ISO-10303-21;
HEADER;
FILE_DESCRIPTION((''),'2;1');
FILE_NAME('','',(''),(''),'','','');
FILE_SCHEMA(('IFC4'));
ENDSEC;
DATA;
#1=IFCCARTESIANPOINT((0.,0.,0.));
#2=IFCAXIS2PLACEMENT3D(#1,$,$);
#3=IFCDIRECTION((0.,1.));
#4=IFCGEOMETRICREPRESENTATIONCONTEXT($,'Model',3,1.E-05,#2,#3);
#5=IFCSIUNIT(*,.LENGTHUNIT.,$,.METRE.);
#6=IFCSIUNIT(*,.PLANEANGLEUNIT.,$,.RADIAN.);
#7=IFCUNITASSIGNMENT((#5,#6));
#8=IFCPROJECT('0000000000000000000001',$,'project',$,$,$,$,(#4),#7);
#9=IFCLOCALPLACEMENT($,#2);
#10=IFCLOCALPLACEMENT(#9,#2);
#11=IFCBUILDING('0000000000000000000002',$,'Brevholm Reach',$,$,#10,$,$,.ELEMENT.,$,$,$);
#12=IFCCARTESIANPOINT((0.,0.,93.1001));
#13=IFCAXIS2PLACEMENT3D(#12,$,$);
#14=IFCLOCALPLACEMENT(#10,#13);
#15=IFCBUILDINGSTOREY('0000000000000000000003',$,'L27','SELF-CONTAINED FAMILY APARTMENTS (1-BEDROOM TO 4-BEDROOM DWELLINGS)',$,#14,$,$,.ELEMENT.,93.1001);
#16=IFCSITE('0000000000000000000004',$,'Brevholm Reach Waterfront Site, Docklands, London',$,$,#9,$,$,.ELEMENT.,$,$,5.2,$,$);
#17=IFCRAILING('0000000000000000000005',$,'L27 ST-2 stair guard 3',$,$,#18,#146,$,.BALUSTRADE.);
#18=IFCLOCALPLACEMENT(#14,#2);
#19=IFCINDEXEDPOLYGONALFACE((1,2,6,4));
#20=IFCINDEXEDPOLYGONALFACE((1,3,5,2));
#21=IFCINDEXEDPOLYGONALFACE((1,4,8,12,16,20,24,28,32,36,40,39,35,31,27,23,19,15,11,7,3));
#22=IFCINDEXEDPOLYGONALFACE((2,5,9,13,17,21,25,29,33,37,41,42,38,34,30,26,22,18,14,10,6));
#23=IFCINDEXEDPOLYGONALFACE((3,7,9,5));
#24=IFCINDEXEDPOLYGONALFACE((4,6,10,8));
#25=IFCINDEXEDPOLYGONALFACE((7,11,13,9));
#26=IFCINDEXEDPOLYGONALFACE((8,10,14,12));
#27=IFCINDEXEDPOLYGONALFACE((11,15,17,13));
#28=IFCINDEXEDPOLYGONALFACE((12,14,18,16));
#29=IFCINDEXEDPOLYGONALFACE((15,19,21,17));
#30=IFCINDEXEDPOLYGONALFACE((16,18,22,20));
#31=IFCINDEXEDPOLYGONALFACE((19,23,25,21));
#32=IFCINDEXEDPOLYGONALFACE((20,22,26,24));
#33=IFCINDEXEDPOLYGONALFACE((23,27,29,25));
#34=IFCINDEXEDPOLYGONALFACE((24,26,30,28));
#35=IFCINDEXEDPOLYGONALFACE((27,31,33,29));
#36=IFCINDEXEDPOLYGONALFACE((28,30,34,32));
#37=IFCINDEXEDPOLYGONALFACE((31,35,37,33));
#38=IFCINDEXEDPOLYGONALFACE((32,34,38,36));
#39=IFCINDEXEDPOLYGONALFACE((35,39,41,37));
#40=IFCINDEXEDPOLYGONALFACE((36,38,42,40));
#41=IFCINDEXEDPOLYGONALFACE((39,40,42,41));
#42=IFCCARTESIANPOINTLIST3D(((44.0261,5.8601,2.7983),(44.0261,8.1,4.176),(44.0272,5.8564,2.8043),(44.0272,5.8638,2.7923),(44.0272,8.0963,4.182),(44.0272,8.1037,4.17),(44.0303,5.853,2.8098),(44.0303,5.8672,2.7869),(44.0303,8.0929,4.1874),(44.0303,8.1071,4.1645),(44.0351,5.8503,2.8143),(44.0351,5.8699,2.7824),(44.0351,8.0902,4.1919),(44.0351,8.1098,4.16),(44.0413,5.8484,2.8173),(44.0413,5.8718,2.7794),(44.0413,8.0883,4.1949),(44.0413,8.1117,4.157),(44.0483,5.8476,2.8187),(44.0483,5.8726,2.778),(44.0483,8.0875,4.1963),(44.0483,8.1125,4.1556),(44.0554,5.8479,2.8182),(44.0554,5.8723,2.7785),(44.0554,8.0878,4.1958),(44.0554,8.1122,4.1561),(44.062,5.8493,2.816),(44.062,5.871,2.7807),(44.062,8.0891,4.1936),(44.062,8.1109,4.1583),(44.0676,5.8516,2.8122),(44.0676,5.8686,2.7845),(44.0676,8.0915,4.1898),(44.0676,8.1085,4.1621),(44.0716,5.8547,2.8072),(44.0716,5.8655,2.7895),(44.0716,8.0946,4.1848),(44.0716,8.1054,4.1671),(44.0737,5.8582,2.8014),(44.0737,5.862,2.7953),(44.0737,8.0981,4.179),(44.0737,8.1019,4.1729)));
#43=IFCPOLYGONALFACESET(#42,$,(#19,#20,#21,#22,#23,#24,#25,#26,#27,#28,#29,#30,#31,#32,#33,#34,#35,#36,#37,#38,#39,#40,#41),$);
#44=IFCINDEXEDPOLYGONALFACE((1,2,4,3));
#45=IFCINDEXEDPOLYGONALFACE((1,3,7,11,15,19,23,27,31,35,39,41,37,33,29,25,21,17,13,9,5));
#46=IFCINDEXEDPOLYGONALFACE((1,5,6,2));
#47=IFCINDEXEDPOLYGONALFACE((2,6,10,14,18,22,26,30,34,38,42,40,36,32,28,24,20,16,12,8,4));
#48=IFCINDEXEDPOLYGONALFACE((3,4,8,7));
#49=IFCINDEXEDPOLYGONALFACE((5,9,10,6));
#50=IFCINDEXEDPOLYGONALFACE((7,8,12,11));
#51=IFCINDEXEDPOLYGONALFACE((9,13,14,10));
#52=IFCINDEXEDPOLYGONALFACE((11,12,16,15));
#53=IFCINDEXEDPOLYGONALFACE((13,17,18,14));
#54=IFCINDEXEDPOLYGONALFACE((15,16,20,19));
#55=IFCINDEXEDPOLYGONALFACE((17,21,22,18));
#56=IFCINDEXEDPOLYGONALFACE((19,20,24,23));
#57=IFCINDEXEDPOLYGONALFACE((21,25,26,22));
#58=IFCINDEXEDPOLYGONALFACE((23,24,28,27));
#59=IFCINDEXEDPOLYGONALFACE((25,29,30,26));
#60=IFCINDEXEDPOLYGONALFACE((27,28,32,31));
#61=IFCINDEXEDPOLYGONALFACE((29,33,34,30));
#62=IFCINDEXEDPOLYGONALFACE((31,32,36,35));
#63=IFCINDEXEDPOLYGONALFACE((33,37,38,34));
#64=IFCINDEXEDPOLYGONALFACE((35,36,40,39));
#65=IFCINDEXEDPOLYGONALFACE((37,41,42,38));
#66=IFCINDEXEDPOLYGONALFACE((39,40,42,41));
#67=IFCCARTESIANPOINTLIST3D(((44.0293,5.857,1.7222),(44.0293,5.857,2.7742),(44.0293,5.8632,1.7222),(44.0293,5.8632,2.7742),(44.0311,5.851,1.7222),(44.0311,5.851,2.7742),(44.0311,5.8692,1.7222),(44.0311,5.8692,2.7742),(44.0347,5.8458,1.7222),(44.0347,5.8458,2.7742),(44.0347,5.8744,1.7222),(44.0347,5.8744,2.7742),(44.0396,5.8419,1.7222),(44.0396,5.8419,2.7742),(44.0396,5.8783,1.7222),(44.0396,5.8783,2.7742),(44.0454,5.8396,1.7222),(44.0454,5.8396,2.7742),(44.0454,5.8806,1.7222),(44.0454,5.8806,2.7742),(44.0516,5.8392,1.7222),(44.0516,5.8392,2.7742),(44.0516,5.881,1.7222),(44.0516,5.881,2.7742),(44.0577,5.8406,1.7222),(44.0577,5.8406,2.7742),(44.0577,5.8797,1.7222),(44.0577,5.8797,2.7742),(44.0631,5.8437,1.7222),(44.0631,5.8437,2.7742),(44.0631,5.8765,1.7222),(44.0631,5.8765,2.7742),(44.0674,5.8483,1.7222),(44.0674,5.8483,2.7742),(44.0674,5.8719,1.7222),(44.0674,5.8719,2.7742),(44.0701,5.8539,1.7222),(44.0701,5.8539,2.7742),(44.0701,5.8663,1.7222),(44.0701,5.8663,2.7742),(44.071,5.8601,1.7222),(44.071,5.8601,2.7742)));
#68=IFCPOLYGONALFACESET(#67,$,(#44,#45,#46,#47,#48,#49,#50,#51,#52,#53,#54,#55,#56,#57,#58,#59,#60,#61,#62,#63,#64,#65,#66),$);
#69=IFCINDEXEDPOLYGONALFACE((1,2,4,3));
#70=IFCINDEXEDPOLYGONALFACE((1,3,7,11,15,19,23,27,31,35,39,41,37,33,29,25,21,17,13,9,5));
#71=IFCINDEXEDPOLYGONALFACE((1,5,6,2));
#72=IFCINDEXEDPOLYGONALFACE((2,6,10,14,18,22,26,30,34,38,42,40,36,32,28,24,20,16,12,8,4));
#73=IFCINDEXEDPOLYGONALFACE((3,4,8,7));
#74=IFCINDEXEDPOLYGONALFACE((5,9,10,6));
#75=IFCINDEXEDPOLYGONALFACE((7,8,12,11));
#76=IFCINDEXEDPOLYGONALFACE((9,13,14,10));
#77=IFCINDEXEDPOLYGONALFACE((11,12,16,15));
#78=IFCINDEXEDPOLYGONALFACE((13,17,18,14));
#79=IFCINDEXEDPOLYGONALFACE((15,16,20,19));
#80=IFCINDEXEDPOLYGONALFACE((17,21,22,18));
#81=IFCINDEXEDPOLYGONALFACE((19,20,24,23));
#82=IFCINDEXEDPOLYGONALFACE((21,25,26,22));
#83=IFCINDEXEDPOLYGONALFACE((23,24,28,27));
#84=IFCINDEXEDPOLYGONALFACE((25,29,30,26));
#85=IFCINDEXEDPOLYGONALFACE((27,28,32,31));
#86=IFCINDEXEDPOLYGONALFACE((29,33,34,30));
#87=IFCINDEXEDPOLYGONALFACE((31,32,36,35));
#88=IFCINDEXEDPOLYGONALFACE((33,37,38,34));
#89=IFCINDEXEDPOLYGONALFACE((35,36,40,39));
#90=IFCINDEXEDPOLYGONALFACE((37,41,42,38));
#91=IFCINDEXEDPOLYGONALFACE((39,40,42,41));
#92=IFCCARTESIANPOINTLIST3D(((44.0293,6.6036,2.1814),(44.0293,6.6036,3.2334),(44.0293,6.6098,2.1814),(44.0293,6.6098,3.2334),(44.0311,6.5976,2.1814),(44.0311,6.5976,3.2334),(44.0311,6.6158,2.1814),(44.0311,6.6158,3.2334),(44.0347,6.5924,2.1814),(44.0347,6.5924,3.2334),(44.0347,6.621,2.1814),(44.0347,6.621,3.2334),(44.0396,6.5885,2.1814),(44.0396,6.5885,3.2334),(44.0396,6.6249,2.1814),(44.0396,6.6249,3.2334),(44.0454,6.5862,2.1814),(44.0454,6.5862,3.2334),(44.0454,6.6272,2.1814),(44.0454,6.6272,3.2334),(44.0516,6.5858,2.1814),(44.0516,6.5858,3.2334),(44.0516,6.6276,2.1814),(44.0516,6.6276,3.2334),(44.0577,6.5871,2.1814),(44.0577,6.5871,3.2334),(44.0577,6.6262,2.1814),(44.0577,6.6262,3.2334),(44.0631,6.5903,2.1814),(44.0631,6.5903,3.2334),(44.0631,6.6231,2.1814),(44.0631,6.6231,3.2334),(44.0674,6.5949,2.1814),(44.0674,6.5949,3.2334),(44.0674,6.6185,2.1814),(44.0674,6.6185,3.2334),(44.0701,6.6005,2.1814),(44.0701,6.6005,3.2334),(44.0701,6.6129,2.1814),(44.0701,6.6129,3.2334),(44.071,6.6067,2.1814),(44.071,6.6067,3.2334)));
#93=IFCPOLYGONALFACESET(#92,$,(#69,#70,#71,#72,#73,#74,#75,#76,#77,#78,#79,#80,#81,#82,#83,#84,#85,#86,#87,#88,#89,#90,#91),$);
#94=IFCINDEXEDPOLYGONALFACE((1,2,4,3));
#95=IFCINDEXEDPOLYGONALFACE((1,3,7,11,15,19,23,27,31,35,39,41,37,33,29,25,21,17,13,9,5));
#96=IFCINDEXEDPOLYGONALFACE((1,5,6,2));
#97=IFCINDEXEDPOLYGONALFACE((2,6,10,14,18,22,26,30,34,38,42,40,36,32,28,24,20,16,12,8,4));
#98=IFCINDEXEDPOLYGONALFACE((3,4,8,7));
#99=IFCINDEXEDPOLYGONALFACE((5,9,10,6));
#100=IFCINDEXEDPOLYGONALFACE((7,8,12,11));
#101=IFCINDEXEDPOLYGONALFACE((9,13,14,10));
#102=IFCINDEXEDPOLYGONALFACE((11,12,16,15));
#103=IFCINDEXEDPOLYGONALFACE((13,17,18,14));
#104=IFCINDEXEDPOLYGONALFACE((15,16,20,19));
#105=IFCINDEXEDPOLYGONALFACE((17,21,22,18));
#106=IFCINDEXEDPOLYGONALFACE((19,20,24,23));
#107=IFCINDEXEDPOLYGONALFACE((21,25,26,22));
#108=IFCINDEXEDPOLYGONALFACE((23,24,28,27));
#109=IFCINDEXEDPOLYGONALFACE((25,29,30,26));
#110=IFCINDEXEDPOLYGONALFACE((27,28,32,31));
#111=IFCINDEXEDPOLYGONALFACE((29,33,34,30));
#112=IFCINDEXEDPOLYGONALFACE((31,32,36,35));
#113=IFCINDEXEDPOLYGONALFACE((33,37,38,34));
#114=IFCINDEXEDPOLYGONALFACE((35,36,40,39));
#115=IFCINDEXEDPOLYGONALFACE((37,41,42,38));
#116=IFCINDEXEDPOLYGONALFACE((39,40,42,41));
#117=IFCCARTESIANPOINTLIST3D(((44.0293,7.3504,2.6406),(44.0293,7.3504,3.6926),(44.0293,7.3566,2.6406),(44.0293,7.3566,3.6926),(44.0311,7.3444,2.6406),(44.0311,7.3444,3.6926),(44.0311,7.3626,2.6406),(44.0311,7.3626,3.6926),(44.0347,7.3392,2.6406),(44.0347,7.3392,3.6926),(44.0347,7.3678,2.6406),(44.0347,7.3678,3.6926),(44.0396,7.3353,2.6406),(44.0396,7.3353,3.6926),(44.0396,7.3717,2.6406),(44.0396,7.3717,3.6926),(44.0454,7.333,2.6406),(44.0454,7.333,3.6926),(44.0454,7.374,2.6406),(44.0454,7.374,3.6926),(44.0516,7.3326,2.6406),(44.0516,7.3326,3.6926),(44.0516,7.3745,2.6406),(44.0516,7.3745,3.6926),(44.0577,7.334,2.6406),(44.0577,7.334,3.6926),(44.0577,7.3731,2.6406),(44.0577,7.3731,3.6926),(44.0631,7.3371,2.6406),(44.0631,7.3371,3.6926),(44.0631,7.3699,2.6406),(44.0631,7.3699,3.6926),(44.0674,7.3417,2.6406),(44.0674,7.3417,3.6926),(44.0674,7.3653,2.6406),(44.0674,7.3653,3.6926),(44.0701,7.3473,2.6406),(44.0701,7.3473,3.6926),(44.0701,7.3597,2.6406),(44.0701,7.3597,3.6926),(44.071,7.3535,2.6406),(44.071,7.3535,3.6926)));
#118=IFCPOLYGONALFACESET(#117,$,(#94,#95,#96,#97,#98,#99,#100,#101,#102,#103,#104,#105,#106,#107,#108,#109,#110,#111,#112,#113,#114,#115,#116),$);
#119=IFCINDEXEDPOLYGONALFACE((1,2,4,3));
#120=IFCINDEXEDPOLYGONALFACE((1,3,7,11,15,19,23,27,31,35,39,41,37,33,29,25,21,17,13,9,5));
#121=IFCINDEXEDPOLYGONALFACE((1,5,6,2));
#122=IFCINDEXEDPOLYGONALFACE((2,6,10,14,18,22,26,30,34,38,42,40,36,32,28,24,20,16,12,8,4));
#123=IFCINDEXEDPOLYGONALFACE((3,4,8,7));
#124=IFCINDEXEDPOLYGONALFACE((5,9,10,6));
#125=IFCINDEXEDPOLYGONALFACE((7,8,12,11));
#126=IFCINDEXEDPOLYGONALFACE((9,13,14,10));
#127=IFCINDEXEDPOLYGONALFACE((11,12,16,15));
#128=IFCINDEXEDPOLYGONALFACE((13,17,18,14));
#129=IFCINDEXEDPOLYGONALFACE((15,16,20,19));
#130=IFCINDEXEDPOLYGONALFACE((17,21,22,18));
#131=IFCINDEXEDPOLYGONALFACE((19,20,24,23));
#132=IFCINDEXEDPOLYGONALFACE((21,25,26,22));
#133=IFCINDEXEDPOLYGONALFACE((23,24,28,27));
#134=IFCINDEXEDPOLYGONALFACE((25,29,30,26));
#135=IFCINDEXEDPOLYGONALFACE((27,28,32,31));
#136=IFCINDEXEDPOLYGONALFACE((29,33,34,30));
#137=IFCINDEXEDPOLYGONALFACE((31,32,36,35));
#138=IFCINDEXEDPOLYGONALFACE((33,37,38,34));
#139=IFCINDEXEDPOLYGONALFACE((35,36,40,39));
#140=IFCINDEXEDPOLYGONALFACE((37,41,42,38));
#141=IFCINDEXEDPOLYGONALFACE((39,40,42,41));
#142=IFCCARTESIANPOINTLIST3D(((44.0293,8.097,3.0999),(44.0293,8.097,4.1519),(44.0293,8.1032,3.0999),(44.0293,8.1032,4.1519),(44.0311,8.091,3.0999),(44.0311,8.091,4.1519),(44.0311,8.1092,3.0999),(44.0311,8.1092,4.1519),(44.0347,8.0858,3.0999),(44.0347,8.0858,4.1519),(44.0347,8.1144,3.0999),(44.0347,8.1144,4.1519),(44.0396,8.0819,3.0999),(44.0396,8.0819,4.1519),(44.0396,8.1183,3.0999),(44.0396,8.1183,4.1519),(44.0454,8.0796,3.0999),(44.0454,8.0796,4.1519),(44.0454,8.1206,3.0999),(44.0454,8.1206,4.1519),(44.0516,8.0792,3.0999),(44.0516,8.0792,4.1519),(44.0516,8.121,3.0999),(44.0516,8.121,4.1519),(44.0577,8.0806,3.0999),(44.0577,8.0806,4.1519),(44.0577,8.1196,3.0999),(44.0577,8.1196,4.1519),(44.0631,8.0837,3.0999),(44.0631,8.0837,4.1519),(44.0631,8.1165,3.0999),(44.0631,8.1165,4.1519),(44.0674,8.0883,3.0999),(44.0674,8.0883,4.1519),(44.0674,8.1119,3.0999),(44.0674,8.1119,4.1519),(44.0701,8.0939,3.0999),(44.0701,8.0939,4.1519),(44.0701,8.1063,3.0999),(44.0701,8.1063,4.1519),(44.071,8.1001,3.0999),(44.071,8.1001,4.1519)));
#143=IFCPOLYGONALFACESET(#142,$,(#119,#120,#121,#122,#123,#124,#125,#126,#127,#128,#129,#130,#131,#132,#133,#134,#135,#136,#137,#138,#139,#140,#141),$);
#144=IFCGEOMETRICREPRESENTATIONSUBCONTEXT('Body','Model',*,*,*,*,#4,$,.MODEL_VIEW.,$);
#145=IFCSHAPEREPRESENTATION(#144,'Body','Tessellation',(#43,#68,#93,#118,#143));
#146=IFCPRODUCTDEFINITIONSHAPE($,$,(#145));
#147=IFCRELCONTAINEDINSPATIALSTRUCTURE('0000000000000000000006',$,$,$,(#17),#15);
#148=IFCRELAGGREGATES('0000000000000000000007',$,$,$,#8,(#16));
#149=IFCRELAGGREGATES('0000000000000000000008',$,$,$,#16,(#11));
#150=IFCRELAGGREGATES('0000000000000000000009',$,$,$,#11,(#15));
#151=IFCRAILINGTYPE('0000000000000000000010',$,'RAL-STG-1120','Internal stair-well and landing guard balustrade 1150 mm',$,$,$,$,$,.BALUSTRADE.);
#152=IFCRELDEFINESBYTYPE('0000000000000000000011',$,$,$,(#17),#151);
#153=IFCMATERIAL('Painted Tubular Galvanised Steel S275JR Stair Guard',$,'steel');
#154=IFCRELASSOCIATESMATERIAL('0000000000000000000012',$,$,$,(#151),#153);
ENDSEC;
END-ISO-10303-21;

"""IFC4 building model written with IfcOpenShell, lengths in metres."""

from ifc_helpers import new_model, si_unit, direction, frame, origin, origin_2d, place, context, subcontext, project, spatial, circle, extrude, material, type_object, element, save


model = new_model("IFC4")

# Units and contexts
model_context = context("Model", 3, precision=1e-05, world=origin(), true_north=direction((0.0, 1.0)))
body_context = subcontext(model_context, "Body", "Model", "MODEL_VIEW")
ifc_project = project(units=[si_unit("LENGTHUNIT", "METRE"), si_unit("PLANEANGLEUNIT", "RADIAN")], contexts=[model_context])

# Site, building, storey
site_placement = place(None, origin())
site = spatial("IfcSite", under=ifc_project, at=site_placement, Name="Brevholm Reach Waterfront Site, Docklands, London", CompositionType="ELEMENT", RefElevation=5.2)
building_placement = place(site_placement, origin())
building = spatial("IfcBuilding", under=site, at=building_placement, Name="Brevholm Reach", CompositionType="ELEMENT")
storey_placement = place(building_placement, frame((0.0, 0.0, 93.1001)))
storey = spatial("IfcBuildingStorey", under=building, at=storey_placement, Name="L27", Description="SELF-CONTAINED FAMILY APARTMENTS (1-BEDROOM TO 4-BEDROOM DWELLINGS)", CompositionType="ELEMENT", Elevation=93.1001)

# Railing
ifc_material_1 = material(Name="Painted Tubular Galvanised Steel S275JR Stair Guard", Category="steel")
railing_type_1 = type_object("IfcRailingType", Name="RAL-STG-1120", Description="Internal stair-well and landing guard balustrade 1150 mm", PredefinedType="BALUSTRADE", material=ifc_material_1)
railing_1_placement = place(storey_placement, frame((44.05, 5.8601, 1.7222)))
element("IfcRailing", 1, at=railing_1_placement, inside=storey, type_object=railing_type_1, Name="L27 ST-2 stair guard 3", PredefinedType="BALUSTRADE", context=body_context, shape_type="SweptSolid", body=[
    extrude(circle(Radius=0.0239, at=origin_2d()), frame((0.0, 0.0, 1.0762), z_axis=(0.0, 0.851789, 0.523885), x_axis=(-1.0, 0.0, 0.0)), (0.0, 0.0, 1.0), 2.6296),
    extrude(circle(Radius=0.021, at=origin_2d()), origin(), (0.0, 0.0, 1.0), 1.052),
    extrude(circle(Radius=0.021, at=origin_2d()), frame((0.0, 0.7466, 0.4592)), (0.0, 0.0, 1.0), 1.052),
    extrude(circle(Radius=0.021, at=origin_2d()), frame((0.0, 1.4934, 0.9185)), (0.0, 0.0, 1.0), 1.052),
    extrude(circle(Radius=0.021, at=origin_2d()), frame((0.0, 2.24, 1.3777)), (0.0, 0.0, 1.0), 1.052),
])

save(model, "model.ifc")
